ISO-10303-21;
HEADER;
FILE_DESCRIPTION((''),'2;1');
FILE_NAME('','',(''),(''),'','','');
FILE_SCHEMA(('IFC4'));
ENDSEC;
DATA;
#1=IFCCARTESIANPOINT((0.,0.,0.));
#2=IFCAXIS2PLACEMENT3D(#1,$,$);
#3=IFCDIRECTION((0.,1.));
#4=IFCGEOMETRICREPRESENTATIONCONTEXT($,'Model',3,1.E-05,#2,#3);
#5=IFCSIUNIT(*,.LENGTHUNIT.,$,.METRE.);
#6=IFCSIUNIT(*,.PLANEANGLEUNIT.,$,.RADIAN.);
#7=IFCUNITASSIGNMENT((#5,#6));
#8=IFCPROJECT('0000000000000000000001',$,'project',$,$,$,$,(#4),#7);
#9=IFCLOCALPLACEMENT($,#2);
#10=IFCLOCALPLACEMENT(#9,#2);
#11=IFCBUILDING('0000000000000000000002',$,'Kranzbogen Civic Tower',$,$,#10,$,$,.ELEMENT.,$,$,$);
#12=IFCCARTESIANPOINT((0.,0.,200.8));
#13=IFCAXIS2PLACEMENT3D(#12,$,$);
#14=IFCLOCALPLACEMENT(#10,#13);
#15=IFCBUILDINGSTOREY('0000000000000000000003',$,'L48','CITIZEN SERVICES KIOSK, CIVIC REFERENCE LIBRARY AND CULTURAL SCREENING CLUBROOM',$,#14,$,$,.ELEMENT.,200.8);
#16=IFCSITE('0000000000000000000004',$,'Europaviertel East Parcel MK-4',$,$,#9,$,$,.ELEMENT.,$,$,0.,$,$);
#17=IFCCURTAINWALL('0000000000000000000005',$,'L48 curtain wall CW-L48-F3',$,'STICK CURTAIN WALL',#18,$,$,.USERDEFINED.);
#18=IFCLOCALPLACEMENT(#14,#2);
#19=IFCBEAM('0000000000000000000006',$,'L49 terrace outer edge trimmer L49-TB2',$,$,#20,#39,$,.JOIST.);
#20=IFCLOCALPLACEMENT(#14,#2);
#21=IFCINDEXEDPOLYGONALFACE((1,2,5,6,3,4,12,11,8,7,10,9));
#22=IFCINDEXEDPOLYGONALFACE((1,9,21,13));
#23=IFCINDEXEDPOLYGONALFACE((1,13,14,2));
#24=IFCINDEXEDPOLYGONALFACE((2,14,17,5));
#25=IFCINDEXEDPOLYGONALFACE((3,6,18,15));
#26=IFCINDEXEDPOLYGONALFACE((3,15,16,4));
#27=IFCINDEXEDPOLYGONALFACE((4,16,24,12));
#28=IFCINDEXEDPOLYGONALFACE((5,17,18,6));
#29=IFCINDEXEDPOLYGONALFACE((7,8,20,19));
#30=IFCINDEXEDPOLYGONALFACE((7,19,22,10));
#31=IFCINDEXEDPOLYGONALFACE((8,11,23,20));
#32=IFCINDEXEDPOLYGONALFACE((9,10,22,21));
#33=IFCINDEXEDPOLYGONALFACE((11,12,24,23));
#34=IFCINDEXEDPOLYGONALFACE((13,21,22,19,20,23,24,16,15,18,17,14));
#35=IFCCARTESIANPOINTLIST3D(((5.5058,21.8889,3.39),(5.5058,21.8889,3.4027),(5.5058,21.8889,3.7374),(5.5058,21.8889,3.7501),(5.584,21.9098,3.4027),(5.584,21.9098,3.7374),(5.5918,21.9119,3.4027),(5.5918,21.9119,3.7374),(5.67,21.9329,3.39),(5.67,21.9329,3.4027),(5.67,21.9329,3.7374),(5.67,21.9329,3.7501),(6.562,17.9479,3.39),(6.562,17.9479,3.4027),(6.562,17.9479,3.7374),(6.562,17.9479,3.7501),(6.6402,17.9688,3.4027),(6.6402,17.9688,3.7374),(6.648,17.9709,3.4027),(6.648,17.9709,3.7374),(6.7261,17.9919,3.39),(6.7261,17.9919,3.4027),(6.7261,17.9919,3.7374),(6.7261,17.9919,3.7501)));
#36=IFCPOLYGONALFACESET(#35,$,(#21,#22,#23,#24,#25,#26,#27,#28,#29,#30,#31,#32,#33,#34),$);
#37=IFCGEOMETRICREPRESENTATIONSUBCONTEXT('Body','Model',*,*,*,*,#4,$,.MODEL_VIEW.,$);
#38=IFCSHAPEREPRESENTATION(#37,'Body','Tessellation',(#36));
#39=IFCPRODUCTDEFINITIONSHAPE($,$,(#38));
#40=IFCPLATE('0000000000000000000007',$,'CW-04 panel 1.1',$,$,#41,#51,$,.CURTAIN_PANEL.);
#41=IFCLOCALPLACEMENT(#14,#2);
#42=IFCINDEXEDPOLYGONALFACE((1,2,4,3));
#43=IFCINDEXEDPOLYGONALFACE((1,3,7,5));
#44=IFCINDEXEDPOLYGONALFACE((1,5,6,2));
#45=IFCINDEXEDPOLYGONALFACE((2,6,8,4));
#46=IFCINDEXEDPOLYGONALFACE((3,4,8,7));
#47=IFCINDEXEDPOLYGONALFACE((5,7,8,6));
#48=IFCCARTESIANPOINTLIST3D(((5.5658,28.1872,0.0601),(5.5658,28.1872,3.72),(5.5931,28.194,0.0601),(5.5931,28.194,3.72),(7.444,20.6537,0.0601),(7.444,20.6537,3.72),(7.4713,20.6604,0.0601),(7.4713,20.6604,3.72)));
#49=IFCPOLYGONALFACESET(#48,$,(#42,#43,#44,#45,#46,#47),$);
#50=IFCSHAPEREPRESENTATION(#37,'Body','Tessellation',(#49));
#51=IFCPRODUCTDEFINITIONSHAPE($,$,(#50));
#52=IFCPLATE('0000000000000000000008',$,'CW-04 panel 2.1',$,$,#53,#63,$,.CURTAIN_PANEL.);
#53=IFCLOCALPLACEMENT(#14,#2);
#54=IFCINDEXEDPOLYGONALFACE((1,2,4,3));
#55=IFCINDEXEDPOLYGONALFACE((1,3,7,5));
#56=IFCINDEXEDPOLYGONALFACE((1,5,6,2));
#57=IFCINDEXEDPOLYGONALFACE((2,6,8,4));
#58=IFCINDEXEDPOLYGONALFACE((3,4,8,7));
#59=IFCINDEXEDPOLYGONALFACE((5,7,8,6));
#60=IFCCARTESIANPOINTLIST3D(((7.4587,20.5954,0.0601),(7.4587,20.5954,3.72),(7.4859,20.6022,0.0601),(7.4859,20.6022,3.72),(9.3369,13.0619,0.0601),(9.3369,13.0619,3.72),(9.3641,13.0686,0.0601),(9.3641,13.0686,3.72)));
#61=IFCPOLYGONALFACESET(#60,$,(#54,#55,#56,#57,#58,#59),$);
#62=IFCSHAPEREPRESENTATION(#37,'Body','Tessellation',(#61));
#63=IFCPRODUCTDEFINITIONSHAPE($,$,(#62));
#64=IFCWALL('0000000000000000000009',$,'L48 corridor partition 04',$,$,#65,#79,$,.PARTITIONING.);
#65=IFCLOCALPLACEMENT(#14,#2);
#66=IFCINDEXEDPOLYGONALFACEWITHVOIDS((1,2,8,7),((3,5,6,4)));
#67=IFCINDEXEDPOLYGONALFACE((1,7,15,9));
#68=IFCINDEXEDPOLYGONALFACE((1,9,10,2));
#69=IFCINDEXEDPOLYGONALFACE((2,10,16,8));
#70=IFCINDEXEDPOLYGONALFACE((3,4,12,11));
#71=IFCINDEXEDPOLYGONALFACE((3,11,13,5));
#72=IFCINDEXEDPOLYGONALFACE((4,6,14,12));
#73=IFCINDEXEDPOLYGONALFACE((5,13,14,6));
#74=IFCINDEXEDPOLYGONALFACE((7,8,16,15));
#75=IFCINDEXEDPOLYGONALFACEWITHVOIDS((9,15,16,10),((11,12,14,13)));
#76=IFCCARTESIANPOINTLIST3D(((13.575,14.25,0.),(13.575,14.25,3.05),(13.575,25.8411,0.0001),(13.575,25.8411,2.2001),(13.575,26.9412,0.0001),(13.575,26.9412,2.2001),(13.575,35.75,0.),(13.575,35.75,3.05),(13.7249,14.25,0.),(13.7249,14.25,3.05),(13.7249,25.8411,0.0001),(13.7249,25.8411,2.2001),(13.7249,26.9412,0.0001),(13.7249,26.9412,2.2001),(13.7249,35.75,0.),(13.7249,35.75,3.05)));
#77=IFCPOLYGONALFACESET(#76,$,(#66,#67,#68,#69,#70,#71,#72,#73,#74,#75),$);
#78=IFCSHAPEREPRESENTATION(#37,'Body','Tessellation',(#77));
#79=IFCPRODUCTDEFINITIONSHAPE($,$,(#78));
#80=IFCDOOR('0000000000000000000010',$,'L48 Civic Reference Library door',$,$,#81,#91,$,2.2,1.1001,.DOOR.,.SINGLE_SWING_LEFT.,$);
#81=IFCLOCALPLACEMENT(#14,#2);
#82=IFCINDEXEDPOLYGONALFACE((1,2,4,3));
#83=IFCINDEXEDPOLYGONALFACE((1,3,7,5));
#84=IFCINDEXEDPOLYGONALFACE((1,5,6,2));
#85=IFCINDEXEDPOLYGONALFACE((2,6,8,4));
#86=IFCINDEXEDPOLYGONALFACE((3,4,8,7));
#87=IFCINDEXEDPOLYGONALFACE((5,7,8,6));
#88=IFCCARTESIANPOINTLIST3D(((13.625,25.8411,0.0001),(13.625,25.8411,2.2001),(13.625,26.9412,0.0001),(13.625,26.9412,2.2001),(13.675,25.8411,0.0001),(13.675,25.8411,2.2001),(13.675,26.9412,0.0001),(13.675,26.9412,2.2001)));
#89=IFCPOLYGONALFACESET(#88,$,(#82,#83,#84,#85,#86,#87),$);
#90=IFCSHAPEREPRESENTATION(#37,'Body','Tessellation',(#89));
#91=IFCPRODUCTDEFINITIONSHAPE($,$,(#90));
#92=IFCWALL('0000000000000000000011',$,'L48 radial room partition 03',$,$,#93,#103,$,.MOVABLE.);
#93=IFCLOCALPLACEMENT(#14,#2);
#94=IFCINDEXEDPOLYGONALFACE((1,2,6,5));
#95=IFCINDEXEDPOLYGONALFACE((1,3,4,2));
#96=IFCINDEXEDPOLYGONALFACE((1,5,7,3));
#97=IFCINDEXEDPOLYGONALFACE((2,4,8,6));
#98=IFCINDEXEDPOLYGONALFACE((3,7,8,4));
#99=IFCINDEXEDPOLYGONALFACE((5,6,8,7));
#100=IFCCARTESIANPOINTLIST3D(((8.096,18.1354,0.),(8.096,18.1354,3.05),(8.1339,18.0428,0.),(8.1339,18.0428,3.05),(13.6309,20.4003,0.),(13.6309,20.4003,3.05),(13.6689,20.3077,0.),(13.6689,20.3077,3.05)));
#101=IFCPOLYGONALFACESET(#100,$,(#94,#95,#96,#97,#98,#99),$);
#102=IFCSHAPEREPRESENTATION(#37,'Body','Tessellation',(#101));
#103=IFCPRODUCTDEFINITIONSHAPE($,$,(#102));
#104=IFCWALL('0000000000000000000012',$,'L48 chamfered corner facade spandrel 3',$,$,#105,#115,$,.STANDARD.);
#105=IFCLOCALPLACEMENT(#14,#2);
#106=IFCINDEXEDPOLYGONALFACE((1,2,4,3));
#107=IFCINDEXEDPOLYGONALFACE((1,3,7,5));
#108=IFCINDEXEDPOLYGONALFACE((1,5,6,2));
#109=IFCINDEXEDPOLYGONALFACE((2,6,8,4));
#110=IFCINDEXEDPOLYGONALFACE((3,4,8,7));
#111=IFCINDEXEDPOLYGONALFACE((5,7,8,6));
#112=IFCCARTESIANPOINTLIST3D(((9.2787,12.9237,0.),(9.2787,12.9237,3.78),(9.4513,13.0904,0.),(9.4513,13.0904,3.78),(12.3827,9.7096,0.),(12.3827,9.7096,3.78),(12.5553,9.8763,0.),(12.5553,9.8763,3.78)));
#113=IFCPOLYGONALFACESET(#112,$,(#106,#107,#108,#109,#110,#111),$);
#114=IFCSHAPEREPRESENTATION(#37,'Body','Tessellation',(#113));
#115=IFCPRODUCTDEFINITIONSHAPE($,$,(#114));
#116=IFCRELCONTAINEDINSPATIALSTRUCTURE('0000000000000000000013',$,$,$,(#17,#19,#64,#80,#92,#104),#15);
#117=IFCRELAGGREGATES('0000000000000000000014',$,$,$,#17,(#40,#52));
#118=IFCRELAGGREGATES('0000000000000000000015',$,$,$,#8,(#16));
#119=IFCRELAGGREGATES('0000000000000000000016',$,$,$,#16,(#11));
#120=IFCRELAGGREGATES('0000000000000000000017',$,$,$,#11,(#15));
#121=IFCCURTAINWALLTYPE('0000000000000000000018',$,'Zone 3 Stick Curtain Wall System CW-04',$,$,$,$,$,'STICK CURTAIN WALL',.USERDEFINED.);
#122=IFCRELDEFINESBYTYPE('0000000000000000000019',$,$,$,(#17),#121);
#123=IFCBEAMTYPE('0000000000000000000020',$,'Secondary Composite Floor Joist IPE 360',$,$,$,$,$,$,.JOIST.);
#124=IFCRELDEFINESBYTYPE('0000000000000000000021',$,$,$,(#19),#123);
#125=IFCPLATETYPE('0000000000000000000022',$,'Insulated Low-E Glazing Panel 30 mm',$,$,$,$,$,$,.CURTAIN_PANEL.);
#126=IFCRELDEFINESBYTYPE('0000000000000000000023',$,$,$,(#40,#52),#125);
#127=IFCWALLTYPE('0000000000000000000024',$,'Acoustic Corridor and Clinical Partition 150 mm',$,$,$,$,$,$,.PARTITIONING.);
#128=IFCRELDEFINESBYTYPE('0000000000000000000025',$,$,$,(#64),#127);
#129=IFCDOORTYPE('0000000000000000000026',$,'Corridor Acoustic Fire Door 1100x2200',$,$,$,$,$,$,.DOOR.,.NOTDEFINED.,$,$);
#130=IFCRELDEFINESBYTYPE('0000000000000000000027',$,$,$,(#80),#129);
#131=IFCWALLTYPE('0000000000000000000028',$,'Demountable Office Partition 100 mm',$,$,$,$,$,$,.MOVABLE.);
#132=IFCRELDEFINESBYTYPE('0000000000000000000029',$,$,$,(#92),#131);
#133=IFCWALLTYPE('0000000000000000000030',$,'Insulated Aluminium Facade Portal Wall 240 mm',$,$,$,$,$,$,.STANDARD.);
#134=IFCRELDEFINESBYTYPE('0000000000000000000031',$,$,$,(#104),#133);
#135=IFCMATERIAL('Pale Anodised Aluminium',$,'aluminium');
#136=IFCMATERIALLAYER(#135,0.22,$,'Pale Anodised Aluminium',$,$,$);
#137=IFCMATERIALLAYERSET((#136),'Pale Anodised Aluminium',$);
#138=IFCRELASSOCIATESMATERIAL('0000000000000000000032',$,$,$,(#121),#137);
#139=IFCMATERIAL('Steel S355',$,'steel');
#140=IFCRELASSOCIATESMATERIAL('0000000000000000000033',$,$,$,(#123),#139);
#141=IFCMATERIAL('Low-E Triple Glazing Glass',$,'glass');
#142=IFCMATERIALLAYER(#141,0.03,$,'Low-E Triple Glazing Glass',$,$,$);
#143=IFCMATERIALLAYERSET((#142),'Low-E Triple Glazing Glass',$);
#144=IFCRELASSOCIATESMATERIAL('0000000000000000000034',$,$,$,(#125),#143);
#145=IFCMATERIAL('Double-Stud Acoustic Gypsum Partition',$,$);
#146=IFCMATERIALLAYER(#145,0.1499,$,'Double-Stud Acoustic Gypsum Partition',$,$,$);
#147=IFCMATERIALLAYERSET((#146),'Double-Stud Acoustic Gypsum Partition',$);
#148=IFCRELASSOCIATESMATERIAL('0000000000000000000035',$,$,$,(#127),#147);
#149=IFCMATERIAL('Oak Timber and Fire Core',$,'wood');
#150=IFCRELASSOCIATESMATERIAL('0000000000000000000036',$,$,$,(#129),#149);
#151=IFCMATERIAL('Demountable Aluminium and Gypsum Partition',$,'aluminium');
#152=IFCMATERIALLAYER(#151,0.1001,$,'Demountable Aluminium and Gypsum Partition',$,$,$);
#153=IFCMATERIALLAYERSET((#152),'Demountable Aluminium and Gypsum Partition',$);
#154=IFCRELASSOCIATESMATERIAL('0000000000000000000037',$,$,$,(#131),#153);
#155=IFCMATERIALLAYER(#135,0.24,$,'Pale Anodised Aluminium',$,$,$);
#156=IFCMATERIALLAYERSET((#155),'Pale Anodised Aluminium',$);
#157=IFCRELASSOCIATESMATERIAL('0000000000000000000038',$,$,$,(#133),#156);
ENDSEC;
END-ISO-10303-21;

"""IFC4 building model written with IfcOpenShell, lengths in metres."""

from ifc_helpers import new_model, si_unit, direction, frame, frame_2d, origin, origin_2d, place, context, subcontext, project, spatial, rectangle, i_section, extrude, material, layer, layer_set, material_profile, profile_set, type_object, element, fill, aggregate, save


model = new_model("IFC4")

# Units and contexts
model_context = context("Model", 3, precision=1e-05, world=origin(), true_north=direction((0.0, 1.0)))
body_context = subcontext(model_context, "Body", "Model", "MODEL_VIEW")
ifc_project = project(units=[si_unit("LENGTHUNIT", "METRE"), si_unit("PLANEANGLEUNIT", "RADIAN")], contexts=[model_context])

# Site, building, storey
site_placement = place(None, origin())
site = spatial("IfcSite", under=ifc_project, at=site_placement, Name="Europaviertel East Parcel MK-4", CompositionType="ELEMENT", RefElevation=0.0)
building_placement = place(site_placement, origin())
building = spatial("IfcBuilding", under=site, at=building_placement, Name="Kranzbogen Civic Tower", CompositionType="ELEMENT")
storey_placement = place(building_placement, frame((0.0, 0.0, 200.8)))
storey = spatial("IfcBuildingStorey", under=building, at=storey_placement, Name="L48", Description="CITIZEN SERVICES KIOSK, CIVIC REFERENCE LIBRARY AND CULTURAL SCREENING CLUBROOM", CompositionType="ELEMENT", Elevation=200.8)

# Shared definitions
ifc_material_1 = material(Name="Steel S355", Category="steel")

# Curtain wall
ifc_material_2 = material(Name="Pale Anodised Aluminium", Category="aluminium")
ifc_layer_1 = layer(ifc_material_2, 0.22, Name="Pale Anodised Aluminium")
ifc_layer_set_1 = layer_set([ifc_layer_1], Name="Pale Anodised Aluminium")
curtain_wall_type = type_object("IfcCurtainWallType", Name="Zone 3 Stick Curtain Wall System CW-04", ElementType="STICK CURTAIN WALL", PredefinedType="USERDEFINED", material=ifc_layer_set_1)
curtain_wall_placement = place(storey_placement, origin())
curtain_wall = element("IfcCurtainWall", 1, at=curtain_wall_placement, inside=storey, type_object=curtain_wall_type, Name="L48 curtain wall CW-L48-F3", ObjectType="STICK CURTAIN WALL", PredefinedType="USERDEFINED")

# Beam
ifc_material_profile_1 = material_profile(ifc_material_1, i_section(OverallWidth=0.1699, OverallDepth=0.3601, WebThickness=0.0081, FlangeThickness=0.0127, at=origin_2d()), Name="IPE 360")
ifc_profile_set_1 = profile_set([ifc_material_profile_1], Name="Steel S355")
beam_type_1 = type_object("IfcBeamType", Name="Secondary Composite Floor Joist IPE 360", PredefinedType="JOIST", material=ifc_profile_set_1)
beam_1_placement = place(storey_placement, frame((5.5879, 21.9109, 3.5701), z_axis=(0.258862, -0.965914, 0.0), x_axis=(0.965914, 0.258862, 0.0)))
element("IfcBeam", 2, at=beam_1_placement, inside=storey, type_object=beam_type_1, Name="L49 terrace outer edge trimmer L49-TB2", PredefinedType="JOIST", context=body_context, shape_type="SweptSolid", body=[
    extrude(i_section(OverallWidth=0.1699, OverallDepth=0.3601, WebThickness=0.0081, FlangeThickness=0.0127, at=origin_2d()), origin(), (0.0, 0.0, 1.0), 4.0801),
])

# Plates
ifc_material_3 = material(Name="Low-E Triple Glazing Glass", Category="glass")
ifc_layer_2 = layer(ifc_material_3, 0.03, Name="Low-E Triple Glazing Glass")
ifc_layer_set_2 = layer_set([ifc_layer_2], Name="Low-E Triple Glazing Glass")
plate_type = type_object("IfcPlateType", Name="Insulated Low-E Glazing Panel 30 mm", PredefinedType="CURTAIN_PANEL", material=ifc_layer_set_2)
plate_1_placement = place(storey_placement, frame((6.5186, 24.4238, 0.0601), z_axis=(0.0, 0.0, 1.0), x_axis=(0.241906, -0.9703, 0.0)))
plate_1 = element("IfcPlate", 3, at=plate_1_placement, type_object=plate_type, Name="CW-04 panel 1.1", PredefinedType="CURTAIN_PANEL", context=body_context, shape_type="SweptSolid", body=[
    extrude(rectangle(XDim=7.7642, YDim=0.0281, at=origin_2d()), origin(), (0.0, 0.0, 1.0), 3.6599),
])
plate_2_placement = place(storey_placement, frame((8.4114, 16.832, 0.0601), z_axis=(0.0, 0.0, 1.0), x_axis=(0.241906, -0.9703, 0.0)))
plate_2 = element("IfcPlate", 4, at=plate_2_placement, type_object=plate_type, Name="CW-04 panel 2.1", PredefinedType="CURTAIN_PANEL", context=body_context, shape_type="SweptSolid", body=[
    extrude(rectangle(XDim=7.7642, YDim=0.0281, at=origin_2d()), origin(), (0.0, 0.0, 1.0), 3.6599),
])
aggregate(curtain_wall, [plate_1, plate_2])

# Wall, opening, door
ifc_material_4 = material(Name="Double-Stud Acoustic Gypsum Partition")
ifc_layer_3 = layer(ifc_material_4, 0.1499, Name="Double-Stud Acoustic Gypsum Partition")
ifc_layer_set_3 = layer_set([ifc_layer_3], Name="Double-Stud Acoustic Gypsum Partition")
wall_type_1 = type_object("IfcWallType", Name="Acoustic Corridor and Clinical Partition 150 mm", PredefinedType="PARTITIONING", material=ifc_layer_set_3)
wall_1_placement = place(storey_placement, frame((13.6499, 14.25, 0.0), z_axis=(0.0, 0.0, 1.0), x_axis=(0.0, 1.0, 0.0)))
wall_1 = element("IfcWall", 5, at=wall_1_placement, inside=storey, type_object=wall_type_1, Name="L48 corridor partition 04", PredefinedType="PARTITIONING", context=body_context, shape_type="SweptSolid", body=[
    extrude(rectangle(XDim=21.5, YDim=0.1499, at=frame_2d((10.75, 0.0))), origin(), (0.0, 0.0, 1.0), 3.05),
])
opening_placement = place(wall_1_placement, frame((11.5911, 0.0, 0.0)))
opening = element("IfcOpeningElement", 6, at=opening_placement, cuts=wall_1, PredefinedType="OPENING", context=body_context, shape_type="SweptSolid", body=[
    extrude(rectangle(XDim=1.1001, YDim=2.2, at=frame_2d((0.55, 1.1001))), frame((0.0, 0.085, 0.0), z_axis=(0.0, -1.0, 0.0), x_axis=(1.0, 0.0, 0.0)), (0.0, 0.0, 1.0), 0.1699),
])
ifc_material_5 = material(Name="Oak Timber and Fire Core", Category="wood")
door_type = type_object("IfcDoorType", Name="Corridor Acoustic Fire Door 1100x2200", OperationType="NOTDEFINED", PredefinedType="DOOR", material=ifc_material_5)
door_placement = place(opening_placement, origin())
door = element("IfcDoor", 7, at=door_placement, inside=storey, type_object=door_type, Name="L48 Civic Reference Library door", OperationType="SINGLE_SWING_LEFT", OverallHeight=2.2, OverallWidth=1.1001, PredefinedType="DOOR", context=body_context, shape_type="SweptSolid", body=[
    extrude(rectangle(XDim=1.1001, YDim=2.2, at=frame_2d((0.55, 1.1001))), frame((0.0, 0.0249, 0.0), z_axis=(0.0, -1.0, 0.0), x_axis=(1.0, 0.0, 0.0)), (0.0, 0.0, 1.0), 0.05),
])
fill(opening, door)

# Walls
ifc_material_6 = material(Name="Demountable Aluminium and Gypsum Partition", Category="aluminium")
ifc_layer_4 = layer(ifc_material_6, 0.1001, Name="Demountable Aluminium and Gypsum Partition")
ifc_layer_set_4 = layer_set([ifc_layer_4], Name="Demountable Aluminium and Gypsum Partition")
wall_type_2 = type_object("IfcWallType", Name="Demountable Office Partition 100 mm", PredefinedType="MOVABLE", material=ifc_layer_set_4)
wall_2_placement = place(storey_placement, frame((13.6499, 20.354, 0.0), z_axis=(0.0, 0.0, 1.0), x_axis=(-0.925511, -0.37872, 0.0)))
element("IfcWall", 8, at=wall_2_placement, inside=storey, type_object=wall_type_2, Name="L48 radial room partition 03", PredefinedType="MOVABLE", context=body_context, shape_type="SweptSolid", body=[
    extrude(rectangle(XDim=5.9805, YDim=0.1001, at=frame_2d((2.9902, 0.0))), origin(), (0.0, 0.0, 1.0), 3.05),
])
ifc_layer_5 = layer(ifc_material_2, 0.24, Name="Pale Anodised Aluminium")
ifc_layer_set_5 = layer_set([ifc_layer_5], Name="Pale Anodised Aluminium")
wall_type_3 = type_object("IfcWallType", Name="Insulated Aluminium Facade Portal Wall 240 mm", PredefinedType="STANDARD", material=ifc_layer_set_5)
wall_3_placement = place(storey_placement, frame((9.365, 13.0071, 0.0), z_axis=(0.0, 0.0, 1.0), x_axis=(0.694678, -0.71932, 0.0)))
element("IfcWall", 9, at=wall_3_placement, inside=storey, type_object=wall_type_3, Name="L48 chamfered corner facade spandrel 3", PredefinedType="STANDARD", context=body_context, shape_type="SweptSolid", body=[
    extrude(rectangle(XDim=4.4683, YDim=0.24, at=frame_2d((2.2341, 0.0))), origin(), (0.0, 0.0, 1.0), 3.78),
])

save(model, "model.ifc")
